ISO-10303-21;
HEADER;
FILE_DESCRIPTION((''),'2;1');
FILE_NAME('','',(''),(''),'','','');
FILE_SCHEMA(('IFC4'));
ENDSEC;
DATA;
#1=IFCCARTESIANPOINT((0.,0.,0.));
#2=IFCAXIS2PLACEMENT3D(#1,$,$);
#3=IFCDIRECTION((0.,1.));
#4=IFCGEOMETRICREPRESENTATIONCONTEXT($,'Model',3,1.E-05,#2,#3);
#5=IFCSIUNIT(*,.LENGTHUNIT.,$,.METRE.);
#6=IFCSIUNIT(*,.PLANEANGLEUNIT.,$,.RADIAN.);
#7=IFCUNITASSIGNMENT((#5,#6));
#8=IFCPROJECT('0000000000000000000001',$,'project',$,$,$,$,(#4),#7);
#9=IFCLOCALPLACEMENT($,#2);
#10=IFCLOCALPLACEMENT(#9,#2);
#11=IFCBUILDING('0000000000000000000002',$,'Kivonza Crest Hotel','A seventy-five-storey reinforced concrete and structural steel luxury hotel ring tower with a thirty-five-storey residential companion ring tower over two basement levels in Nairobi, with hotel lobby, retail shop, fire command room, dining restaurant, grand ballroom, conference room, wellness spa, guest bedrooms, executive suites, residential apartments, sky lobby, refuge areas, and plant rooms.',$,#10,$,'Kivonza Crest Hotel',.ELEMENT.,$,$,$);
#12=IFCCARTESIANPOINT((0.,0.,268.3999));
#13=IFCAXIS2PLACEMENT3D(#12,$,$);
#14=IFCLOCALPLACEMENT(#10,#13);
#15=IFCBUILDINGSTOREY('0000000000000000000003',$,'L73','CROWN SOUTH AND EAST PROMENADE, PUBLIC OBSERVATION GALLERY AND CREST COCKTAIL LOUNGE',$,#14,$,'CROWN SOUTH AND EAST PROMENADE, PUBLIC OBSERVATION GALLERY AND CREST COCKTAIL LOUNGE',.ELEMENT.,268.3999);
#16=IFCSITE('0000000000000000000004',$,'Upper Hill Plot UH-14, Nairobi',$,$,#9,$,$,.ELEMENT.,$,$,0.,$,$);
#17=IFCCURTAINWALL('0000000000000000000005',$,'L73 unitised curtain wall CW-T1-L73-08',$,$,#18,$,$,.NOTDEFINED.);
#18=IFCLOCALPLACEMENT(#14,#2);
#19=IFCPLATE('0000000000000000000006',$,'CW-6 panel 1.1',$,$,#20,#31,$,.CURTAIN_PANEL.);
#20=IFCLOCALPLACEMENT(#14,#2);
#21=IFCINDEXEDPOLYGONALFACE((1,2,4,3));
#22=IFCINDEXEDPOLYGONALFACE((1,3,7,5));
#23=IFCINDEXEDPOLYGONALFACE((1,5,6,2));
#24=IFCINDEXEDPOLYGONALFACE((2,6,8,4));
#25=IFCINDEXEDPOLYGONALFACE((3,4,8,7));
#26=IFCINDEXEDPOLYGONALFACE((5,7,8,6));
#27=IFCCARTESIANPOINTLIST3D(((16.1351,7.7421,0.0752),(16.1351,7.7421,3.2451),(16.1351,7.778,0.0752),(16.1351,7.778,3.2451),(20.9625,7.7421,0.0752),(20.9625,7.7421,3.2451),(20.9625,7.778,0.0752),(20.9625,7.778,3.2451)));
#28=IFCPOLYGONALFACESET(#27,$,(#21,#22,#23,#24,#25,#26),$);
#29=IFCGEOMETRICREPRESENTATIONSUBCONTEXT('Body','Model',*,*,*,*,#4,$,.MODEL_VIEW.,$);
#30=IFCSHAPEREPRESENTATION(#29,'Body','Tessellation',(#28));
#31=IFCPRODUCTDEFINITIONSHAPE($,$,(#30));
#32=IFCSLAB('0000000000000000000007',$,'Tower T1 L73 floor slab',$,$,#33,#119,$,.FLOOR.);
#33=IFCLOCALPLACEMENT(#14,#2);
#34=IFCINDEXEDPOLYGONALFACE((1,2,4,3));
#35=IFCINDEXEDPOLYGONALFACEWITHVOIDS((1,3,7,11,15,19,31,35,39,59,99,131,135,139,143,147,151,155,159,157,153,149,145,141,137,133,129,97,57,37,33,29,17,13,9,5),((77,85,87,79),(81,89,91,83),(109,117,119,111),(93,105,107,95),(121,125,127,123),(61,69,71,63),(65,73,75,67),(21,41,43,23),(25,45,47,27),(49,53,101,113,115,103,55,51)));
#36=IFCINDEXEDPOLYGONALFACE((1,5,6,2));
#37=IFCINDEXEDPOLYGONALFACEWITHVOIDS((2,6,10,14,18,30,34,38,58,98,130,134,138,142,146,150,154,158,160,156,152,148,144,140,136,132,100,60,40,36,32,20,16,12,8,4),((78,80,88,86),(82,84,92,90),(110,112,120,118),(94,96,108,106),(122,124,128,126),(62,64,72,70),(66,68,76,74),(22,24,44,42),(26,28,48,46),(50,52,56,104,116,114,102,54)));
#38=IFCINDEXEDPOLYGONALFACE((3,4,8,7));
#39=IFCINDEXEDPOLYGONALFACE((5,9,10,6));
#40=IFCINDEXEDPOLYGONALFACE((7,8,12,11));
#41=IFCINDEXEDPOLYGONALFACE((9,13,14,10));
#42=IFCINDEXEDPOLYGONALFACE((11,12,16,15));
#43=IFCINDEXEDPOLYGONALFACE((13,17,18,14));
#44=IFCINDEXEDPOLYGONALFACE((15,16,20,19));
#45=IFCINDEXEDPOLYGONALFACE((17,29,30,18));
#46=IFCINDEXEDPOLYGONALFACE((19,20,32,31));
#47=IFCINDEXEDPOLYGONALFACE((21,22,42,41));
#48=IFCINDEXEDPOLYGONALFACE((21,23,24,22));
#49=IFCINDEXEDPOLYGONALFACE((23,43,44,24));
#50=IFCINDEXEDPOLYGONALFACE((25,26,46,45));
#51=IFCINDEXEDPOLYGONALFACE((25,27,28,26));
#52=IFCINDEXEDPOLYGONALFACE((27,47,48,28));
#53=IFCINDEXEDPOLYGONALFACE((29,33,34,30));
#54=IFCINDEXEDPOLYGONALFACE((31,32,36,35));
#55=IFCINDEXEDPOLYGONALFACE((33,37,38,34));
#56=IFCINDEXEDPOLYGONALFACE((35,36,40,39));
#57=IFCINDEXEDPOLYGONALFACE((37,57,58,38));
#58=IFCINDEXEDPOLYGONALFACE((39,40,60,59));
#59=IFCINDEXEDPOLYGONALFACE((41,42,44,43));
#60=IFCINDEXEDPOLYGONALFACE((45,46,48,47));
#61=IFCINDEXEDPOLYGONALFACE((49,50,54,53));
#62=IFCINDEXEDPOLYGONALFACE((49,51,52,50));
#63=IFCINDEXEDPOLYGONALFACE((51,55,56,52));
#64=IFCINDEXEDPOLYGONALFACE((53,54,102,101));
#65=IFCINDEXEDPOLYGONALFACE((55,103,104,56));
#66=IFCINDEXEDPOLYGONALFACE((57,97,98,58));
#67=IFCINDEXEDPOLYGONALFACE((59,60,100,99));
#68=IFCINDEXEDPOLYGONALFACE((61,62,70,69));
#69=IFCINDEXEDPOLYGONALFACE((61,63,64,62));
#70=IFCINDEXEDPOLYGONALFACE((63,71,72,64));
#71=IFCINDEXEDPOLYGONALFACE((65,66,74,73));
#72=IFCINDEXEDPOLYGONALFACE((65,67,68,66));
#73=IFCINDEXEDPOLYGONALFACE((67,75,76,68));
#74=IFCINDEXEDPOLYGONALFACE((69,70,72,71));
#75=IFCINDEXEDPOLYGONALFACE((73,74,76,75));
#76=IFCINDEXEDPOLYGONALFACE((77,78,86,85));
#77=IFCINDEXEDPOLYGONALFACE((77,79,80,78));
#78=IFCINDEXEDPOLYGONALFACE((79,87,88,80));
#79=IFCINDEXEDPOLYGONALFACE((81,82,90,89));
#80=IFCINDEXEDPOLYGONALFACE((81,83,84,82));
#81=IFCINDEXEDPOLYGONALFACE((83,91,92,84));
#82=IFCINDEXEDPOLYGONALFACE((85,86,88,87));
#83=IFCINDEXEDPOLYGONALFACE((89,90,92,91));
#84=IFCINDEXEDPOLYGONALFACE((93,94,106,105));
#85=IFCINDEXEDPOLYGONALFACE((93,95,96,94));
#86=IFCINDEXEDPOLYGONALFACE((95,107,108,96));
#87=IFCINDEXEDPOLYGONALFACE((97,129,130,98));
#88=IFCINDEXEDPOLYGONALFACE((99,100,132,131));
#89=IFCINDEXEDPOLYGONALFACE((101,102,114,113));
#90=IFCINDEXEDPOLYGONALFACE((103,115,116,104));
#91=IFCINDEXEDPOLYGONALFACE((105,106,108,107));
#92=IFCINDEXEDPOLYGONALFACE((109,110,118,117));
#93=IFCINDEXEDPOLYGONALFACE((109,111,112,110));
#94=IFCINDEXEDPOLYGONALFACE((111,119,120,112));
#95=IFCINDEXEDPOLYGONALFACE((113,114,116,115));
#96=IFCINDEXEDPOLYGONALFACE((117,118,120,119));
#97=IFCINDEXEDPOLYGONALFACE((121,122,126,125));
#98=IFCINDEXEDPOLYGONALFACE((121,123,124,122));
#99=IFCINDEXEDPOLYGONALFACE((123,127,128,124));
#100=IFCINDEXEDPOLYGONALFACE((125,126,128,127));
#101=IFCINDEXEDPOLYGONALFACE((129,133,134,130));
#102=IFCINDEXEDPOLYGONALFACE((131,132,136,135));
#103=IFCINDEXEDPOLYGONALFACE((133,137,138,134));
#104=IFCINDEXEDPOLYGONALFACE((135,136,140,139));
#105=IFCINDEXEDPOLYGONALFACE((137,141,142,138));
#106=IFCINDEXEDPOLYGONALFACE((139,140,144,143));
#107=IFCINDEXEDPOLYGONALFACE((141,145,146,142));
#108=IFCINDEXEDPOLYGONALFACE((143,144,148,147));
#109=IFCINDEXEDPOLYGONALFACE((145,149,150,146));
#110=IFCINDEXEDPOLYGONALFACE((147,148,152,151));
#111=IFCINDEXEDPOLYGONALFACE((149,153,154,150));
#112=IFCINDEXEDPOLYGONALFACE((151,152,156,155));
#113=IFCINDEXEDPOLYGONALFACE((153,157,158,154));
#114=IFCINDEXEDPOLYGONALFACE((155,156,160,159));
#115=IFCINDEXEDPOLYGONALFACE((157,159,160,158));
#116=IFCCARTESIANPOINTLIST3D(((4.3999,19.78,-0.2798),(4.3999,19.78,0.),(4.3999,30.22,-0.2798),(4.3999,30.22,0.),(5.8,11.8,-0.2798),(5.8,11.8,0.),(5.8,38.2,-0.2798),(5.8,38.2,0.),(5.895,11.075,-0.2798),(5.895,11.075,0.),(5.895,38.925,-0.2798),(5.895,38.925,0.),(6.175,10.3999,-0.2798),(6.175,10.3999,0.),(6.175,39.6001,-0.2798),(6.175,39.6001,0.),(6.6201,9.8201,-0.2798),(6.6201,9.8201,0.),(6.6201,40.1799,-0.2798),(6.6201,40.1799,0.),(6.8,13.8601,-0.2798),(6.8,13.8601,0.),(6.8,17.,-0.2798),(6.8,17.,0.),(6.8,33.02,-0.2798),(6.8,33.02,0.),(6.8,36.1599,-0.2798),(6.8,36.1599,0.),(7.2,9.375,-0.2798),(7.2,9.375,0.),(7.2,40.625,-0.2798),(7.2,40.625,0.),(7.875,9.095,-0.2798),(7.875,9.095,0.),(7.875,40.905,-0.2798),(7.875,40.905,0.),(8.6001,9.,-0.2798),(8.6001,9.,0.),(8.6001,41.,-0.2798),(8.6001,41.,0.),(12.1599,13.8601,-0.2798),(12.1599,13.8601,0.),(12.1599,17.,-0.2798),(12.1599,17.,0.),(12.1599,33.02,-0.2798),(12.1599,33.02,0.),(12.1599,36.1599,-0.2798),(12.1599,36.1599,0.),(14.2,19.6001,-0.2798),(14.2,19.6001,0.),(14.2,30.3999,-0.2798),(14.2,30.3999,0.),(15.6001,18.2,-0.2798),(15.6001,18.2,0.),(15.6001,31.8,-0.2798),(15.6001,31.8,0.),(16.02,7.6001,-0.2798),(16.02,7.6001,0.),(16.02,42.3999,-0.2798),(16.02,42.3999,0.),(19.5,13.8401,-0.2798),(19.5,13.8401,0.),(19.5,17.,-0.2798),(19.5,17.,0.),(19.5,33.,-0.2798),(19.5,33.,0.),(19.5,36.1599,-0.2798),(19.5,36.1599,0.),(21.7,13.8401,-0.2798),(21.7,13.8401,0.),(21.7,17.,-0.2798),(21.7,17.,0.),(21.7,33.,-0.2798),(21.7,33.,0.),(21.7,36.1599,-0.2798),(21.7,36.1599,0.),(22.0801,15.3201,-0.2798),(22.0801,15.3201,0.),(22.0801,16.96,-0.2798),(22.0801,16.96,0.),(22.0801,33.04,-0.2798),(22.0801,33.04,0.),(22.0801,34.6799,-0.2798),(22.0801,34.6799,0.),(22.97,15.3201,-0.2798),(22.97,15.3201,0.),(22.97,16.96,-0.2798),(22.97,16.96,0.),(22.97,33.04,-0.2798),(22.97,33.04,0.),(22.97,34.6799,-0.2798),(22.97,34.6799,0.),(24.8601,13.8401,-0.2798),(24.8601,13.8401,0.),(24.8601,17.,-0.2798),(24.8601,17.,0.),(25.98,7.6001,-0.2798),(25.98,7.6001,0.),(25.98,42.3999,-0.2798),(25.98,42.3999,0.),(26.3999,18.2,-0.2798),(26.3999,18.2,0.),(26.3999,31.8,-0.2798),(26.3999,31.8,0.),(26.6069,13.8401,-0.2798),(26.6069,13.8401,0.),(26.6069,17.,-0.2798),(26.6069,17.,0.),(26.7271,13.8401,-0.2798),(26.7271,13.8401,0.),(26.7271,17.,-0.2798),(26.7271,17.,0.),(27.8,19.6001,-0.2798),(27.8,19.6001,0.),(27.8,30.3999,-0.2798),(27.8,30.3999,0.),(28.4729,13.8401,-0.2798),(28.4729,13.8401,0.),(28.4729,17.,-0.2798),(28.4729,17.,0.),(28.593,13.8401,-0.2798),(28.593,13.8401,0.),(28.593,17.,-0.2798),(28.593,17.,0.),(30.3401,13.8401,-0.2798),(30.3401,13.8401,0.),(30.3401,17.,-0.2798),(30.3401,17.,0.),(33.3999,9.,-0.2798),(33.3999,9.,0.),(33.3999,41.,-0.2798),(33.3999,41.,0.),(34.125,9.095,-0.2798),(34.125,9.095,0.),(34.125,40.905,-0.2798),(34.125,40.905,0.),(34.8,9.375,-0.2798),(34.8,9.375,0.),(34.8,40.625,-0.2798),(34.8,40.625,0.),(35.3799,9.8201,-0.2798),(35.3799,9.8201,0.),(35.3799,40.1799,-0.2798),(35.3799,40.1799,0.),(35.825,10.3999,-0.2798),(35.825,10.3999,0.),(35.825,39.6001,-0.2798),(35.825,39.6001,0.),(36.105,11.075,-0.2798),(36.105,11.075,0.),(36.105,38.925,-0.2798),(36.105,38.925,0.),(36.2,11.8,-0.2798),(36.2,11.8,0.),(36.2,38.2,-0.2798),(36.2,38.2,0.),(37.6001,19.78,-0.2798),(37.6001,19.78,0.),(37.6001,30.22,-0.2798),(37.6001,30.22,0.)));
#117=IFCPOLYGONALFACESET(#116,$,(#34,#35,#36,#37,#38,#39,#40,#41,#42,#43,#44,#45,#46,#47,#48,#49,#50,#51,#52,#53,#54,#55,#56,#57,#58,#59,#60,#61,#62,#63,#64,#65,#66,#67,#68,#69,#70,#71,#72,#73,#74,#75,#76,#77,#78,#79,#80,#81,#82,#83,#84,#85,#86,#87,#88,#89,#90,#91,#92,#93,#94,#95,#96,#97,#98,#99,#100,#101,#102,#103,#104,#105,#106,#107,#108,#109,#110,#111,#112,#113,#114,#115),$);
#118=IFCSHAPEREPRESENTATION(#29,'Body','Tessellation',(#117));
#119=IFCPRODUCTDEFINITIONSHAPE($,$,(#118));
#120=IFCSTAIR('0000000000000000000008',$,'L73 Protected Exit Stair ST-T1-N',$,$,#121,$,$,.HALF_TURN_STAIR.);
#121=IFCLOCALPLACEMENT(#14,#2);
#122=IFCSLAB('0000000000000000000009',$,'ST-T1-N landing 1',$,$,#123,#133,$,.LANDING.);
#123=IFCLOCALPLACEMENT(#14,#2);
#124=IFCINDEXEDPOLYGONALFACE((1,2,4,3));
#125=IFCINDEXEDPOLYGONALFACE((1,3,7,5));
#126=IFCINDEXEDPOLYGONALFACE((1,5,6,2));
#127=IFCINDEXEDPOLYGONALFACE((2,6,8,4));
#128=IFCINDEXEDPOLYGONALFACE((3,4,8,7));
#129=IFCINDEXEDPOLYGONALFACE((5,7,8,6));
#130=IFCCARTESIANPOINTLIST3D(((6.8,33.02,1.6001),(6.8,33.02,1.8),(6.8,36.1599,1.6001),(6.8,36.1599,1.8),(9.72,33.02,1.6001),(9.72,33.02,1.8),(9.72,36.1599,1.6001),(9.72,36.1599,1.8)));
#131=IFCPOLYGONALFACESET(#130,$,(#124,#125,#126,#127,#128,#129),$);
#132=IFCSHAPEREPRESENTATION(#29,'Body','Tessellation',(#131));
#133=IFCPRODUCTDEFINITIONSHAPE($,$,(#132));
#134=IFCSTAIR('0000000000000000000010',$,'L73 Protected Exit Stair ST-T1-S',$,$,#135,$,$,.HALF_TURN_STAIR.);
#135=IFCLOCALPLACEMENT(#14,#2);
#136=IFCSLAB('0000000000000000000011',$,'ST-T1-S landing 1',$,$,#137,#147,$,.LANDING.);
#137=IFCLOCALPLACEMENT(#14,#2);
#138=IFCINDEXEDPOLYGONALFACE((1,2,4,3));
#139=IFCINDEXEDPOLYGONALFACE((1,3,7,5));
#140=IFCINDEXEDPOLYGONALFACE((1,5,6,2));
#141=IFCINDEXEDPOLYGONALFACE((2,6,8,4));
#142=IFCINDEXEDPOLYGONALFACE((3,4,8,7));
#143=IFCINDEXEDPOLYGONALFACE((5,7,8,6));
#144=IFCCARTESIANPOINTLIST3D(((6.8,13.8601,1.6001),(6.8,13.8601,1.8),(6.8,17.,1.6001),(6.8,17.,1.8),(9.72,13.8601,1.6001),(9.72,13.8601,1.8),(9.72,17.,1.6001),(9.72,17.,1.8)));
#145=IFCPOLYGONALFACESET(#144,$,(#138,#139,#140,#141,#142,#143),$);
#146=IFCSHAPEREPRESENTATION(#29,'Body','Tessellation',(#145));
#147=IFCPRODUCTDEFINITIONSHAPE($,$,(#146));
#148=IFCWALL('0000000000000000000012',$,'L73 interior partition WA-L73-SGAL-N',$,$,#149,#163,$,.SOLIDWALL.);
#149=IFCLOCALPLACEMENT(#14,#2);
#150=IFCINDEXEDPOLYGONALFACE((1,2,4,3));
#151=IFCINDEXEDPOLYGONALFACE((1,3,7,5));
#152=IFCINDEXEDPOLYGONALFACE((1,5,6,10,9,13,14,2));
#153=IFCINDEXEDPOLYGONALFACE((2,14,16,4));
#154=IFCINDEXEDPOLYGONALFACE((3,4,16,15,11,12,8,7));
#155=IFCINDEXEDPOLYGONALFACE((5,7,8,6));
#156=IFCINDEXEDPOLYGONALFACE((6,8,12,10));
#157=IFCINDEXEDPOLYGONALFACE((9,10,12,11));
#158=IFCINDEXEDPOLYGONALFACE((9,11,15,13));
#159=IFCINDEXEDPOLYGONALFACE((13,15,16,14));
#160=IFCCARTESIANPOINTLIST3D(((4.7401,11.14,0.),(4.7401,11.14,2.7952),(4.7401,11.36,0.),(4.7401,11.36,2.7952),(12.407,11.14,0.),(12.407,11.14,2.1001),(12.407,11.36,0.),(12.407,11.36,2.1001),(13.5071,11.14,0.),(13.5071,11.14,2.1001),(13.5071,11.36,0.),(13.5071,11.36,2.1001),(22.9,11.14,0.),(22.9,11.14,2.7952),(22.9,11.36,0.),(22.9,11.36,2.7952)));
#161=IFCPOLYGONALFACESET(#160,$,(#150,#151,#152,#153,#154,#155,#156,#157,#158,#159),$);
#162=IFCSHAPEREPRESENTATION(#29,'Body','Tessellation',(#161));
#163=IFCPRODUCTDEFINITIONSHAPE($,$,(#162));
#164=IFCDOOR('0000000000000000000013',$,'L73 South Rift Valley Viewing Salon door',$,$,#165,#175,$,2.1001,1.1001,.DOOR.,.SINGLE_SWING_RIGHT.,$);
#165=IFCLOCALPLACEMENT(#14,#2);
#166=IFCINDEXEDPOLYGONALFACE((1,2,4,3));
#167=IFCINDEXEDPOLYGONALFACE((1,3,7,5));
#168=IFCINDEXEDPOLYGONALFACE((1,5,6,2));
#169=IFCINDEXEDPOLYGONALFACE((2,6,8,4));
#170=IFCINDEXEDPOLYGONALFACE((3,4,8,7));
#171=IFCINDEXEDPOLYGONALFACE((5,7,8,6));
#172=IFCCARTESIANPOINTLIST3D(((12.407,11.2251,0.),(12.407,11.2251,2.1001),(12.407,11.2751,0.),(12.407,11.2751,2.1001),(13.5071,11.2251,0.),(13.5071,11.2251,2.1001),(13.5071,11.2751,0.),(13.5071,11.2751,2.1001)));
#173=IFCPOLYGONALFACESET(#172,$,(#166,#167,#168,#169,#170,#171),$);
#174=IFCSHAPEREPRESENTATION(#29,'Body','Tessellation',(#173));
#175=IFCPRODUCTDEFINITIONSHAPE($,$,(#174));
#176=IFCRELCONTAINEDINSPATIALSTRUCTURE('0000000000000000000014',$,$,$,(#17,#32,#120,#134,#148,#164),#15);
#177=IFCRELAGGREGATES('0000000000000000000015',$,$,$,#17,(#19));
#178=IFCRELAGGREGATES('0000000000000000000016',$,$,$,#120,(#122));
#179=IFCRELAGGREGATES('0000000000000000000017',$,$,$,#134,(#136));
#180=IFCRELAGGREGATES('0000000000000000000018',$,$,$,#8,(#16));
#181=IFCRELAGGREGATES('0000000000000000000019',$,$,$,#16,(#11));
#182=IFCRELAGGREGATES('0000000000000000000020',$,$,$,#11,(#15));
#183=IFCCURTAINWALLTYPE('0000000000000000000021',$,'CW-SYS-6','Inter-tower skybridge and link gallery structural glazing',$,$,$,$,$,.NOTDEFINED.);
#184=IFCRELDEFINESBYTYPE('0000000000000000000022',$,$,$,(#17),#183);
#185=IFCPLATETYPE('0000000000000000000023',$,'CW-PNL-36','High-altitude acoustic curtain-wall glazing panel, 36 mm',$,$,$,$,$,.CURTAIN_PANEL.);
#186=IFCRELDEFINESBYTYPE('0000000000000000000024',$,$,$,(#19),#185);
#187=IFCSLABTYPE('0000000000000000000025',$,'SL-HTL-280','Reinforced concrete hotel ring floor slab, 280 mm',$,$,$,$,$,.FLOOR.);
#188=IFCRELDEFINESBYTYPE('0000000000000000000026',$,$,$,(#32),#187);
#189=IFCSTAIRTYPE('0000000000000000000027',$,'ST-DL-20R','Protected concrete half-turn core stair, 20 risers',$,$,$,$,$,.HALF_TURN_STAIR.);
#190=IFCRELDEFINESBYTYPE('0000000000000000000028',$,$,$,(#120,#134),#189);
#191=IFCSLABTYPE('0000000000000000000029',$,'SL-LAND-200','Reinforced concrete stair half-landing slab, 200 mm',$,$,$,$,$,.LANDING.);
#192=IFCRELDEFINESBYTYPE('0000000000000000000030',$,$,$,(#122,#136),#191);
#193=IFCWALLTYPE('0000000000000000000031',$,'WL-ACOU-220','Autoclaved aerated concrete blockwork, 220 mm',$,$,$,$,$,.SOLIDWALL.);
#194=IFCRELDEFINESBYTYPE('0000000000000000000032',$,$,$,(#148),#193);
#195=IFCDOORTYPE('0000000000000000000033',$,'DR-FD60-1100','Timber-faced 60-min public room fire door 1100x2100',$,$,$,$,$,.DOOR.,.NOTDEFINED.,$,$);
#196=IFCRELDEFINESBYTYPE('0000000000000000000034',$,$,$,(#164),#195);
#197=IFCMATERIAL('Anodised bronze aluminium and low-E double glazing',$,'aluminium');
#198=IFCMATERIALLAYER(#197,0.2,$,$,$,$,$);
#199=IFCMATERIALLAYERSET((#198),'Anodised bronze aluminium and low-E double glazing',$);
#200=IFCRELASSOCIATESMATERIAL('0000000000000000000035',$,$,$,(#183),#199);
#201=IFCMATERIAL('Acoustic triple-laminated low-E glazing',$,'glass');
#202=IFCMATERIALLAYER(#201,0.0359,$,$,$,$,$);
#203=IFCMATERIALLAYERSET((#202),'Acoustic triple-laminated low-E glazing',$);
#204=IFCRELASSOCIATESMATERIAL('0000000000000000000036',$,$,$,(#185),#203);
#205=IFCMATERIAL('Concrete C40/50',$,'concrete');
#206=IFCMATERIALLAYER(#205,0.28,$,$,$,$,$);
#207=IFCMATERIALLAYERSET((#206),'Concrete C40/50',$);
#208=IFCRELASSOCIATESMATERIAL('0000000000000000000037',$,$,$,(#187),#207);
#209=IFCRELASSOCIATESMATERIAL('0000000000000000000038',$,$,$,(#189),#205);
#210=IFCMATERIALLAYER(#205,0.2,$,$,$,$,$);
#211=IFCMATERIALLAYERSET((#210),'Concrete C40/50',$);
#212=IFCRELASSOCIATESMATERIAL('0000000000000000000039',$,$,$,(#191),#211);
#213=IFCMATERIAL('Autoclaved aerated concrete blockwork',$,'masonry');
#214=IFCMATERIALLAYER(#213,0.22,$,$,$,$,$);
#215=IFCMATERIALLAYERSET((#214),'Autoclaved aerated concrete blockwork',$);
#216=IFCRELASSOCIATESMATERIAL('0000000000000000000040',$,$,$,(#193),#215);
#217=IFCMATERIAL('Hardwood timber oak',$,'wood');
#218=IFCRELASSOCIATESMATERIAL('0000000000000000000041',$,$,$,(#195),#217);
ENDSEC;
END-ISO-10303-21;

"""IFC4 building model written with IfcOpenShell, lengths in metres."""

from ifc_helpers import new_model, si_unit, direction, frame, frame_2d, origin, origin_2d, place, context, subcontext, project, spatial, polyline, rectangle, outline, extrude, material, layer, layer_set, type_object, element, fill, aggregate, save


model = new_model("IFC4")

# Units and contexts
model_context = context("Model", 3, precision=1e-05, world=origin(), true_north=direction((0.0, 1.0)))
body_context = subcontext(model_context, "Body", "Model", "MODEL_VIEW")
ifc_project = project(units=[si_unit("LENGTHUNIT", "METRE"), si_unit("PLANEANGLEUNIT", "RADIAN")], contexts=[model_context])

# Site, building, storey
site_placement = place(None, origin())
site = spatial("IfcSite", under=ifc_project, at=site_placement, Name="Upper Hill Plot UH-14, Nairobi", CompositionType="ELEMENT", RefElevation=0.0)
building_placement = place(site_placement, origin())
building = spatial("IfcBuilding", under=site, at=building_placement, Name="Kivonza Crest Hotel", Description="A seventy-five-storey reinforced concrete and structural steel luxury hotel ring tower with a thirty-five-storey residential companion ring tower over two basement levels in Nairobi, with hotel lobby, retail shop, fire command room, dining restaurant, grand ballroom, conference room, wellness spa, guest bedrooms, executive suites, residential apartments, sky lobby, refuge areas, and plant rooms.", LongName="Kivonza Crest Hotel", CompositionType="ELEMENT")
storey_placement = place(building_placement, frame((0.0, 0.0, 268.3999)))
storey = spatial("IfcBuildingStorey", under=building, at=storey_placement, Name="L73", Description="CROWN SOUTH AND EAST PROMENADE, PUBLIC OBSERVATION GALLERY AND CREST COCKTAIL LOUNGE", LongName="CROWN SOUTH AND EAST PROMENADE, PUBLIC OBSERVATION GALLERY AND CREST COCKTAIL LOUNGE", CompositionType="ELEMENT", Elevation=268.3999)

# Curtain wall, plate
ifc_material_1 = material(Name="Anodised bronze aluminium and low-E double glazing", Category="aluminium")
ifc_layer_1 = layer(ifc_material_1, 0.2)
ifc_layer_set_1 = layer_set([ifc_layer_1], Name="Anodised bronze aluminium and low-E double glazing")
curtain_wall_type = type_object("IfcCurtainWallType", Name="CW-SYS-6", Description="Inter-tower skybridge and link gallery structural glazing", PredefinedType="NOTDEFINED", material=ifc_layer_set_1)
curtain_wall_placement = place(storey_placement, origin())
curtain_wall = element("IfcCurtainWall", 1, at=curtain_wall_placement, inside=storey, type_object=curtain_wall_type, Name="L73 unitised curtain wall CW-T1-L73-08", PredefinedType="NOTDEFINED")
ifc_material_2 = material(Name="Acoustic triple-laminated low-E glazing", Category="glass")
ifc_layer_2 = layer(ifc_material_2, 0.0359)
ifc_layer_set_2 = layer_set([ifc_layer_2], Name="Acoustic triple-laminated low-E glazing")
plate_type = type_object("IfcPlateType", Name="CW-PNL-36", Description="High-altitude acoustic curtain-wall glazing panel, 36 mm", PredefinedType="CURTAIN_PANEL", material=ifc_layer_set_2)
plate_placement = place(storey_placement, frame((18.5488, 7.76, 0.0752), z_axis=(0.0, 0.0, 1.0), x_axis=(1.0, 0.0, 0.0)))
plate = element("IfcPlate", 2, at=plate_placement, type_object=plate_type, Name="CW-6 panel 1.1", PredefinedType="CURTAIN_PANEL", context=body_context, shape_type="SweptSolid", body=[
    extrude(rectangle(XDim=4.8274, YDim=0.0359, at=origin_2d()), origin(), (0.0, 0.0, 1.0), 3.1699),
])
aggregate(curtain_wall, [plate])

# Slab
ifc_material_3 = material(Name="Concrete C40/50", Category="concrete")
ifc_layer_3 = layer(ifc_material_3, 0.28)
ifc_layer_set_3 = layer_set([ifc_layer_3], Name="Concrete C40/50")
slab_type_1 = type_object("IfcSlabType", Name="SL-HTL-280", Description="Reinforced concrete hotel ring floor slab, 280 mm", PredefinedType="FLOOR", material=ifc_layer_set_3)
slab_1_placement = place(storey_placement, frame((0.0, 0.0, -0.2798)))
element("IfcSlab", 3, at=slab_1_placement, inside=storey, type_object=slab_type_1, Name="Tower T1 L73 floor slab", PredefinedType="FLOOR", context=body_context, shape_type="SweptSolid", body=[
    extrude(outline(polyline([(5.8, 11.8), (5.895, 11.075), (6.175, 10.3999), (6.6201, 9.8201), (7.2, 9.375), (7.875, 9.095), (8.6001, 9.0), (16.02, 7.6001), (25.98, 7.6001), (33.3999, 9.0), (34.125, 9.095), (34.8, 9.375), (35.3799, 9.8201), (35.825, 10.3999), (36.105, 11.075), (36.2, 11.8), (37.6001, 19.78), (37.6001, 30.22), (36.2, 38.2), (36.105, 38.925), (35.825, 39.6001), (35.3799, 40.1799), (34.8, 40.625), (34.125, 40.905), (33.3999, 41.0), (25.98, 42.3999), (16.02, 42.3999), (8.6001, 41.0), (7.875, 40.905), (7.2, 40.625), (6.6201, 40.1799), (6.175, 39.6001), (5.895, 38.925), (5.8, 38.2), (4.3999, 30.22), (4.3999, 19.78), (5.8, 11.8)]), holes=[polyline([(15.6001, 18.2), (26.3999, 18.2), (27.8, 19.6001), (27.8, 30.3999), (26.3999, 31.8), (15.6001, 31.8), (14.2, 30.3999), (14.2, 19.6001), (15.6001, 18.2)]), polyline([(6.8, 33.02), (12.1599, 33.02), (12.1599, 36.1599), (6.8, 36.1599), (6.8, 33.02)]), polyline([(6.8, 13.8601), (12.1599, 13.8601), (12.1599, 17.0), (6.8, 17.0), (6.8, 13.8601)]), polyline([(22.0801, 33.04), (22.97, 33.04), (22.97, 34.6799), (22.0801, 34.6799), (22.0801, 33.04)]), polyline([(22.0801, 15.3201), (22.97, 15.3201), (22.97, 16.96), (22.0801, 16.96), (22.0801, 15.3201)]), polyline([(19.5, 33.0), (21.7, 33.0), (21.7, 36.1599), (19.5, 36.1599), (19.5, 33.0)]), polyline([(19.5, 13.8401), (21.7, 13.8401), (21.7, 17.0), (19.5, 17.0), (19.5, 13.8401)]), polyline([(24.8601, 13.8401), (26.6069, 13.8401), (26.6069, 17.0), (24.8601, 17.0), (24.8601, 13.8401)]), polyline([(26.7271, 13.8401), (28.4729, 13.8401), (28.4729, 17.0), (26.7271, 17.0), (26.7271, 13.8401)]), polyline([(28.593, 13.8401), (30.3401, 13.8401), (30.3401, 17.0), (28.593, 17.0), (28.593, 13.8401)])]), origin(), (0.0, 0.0, 1.0), 0.2798),
])

# Stairs, slabs
stair_type = type_object("IfcStairType", Name="ST-DL-20R", Description="Protected concrete half-turn core stair, 20 risers", PredefinedType="HALF_TURN_STAIR", material=ifc_material_3)
stair_1_placement = place(storey_placement, origin())
stair_1 = element("IfcStair", 4, at=stair_1_placement, inside=storey, type_object=stair_type, Name="L73 Protected Exit Stair ST-T1-N", PredefinedType="HALF_TURN_STAIR")
ifc_layer_4 = layer(ifc_material_3, 0.2)
ifc_layer_set_4 = layer_set([ifc_layer_4], Name="Concrete C40/50")
slab_type_2 = type_object("IfcSlabType", Name="SL-LAND-200", Description="Reinforced concrete stair half-landing slab, 200 mm", PredefinedType="LANDING", material=ifc_layer_set_4)
slab_2_placement = place(storey_placement, frame((0.0, 0.0, 1.6001)))
slab_2 = element("IfcSlab", 5, at=slab_2_placement, type_object=slab_type_2, Name="ST-T1-N landing 1", PredefinedType="LANDING", context=body_context, shape_type="SweptSolid", body=[
    extrude(outline(polyline([(9.72, 36.1599), (6.8, 36.1599), (6.8, 33.02), (9.72, 33.02), (9.72, 36.1599)])), origin(), (0.0, 0.0, 1.0), 0.2),
])
aggregate(stair_1, [slab_2])
stair_2_placement = place(storey_placement, origin())
stair_2 = element("IfcStair", 6, at=stair_2_placement, inside=storey, type_object=stair_type, Name="L73 Protected Exit Stair ST-T1-S", PredefinedType="HALF_TURN_STAIR")
slab_3_placement = place(storey_placement, frame((0.0, 0.0, 1.6001)))
slab_3 = element("IfcSlab", 7, at=slab_3_placement, type_object=slab_type_2, Name="ST-T1-S landing 1", PredefinedType="LANDING", context=body_context, shape_type="SweptSolid", body=[
    extrude(outline(polyline([(9.72, 17.0), (6.8, 17.0), (6.8, 13.8601), (9.72, 13.8601), (9.72, 17.0)])), origin(), (0.0, 0.0, 1.0), 0.2),
])
aggregate(stair_2, [slab_3])

# Wall, opening, door
ifc_material_4 = material(Name="Autoclaved aerated concrete blockwork", Category="masonry")
ifc_layer_5 = layer(ifc_material_4, 0.22)
ifc_layer_set_5 = layer_set([ifc_layer_5], Name="Autoclaved aerated concrete blockwork")
wall_type_1 = type_object("IfcWallType", Name="WL-ACOU-220", Description="Autoclaved aerated concrete blockwork, 220 mm", PredefinedType="SOLIDWALL", material=ifc_layer_set_5)
wall_1_placement = place(storey_placement, frame((4.74, 11.25, 0.0), z_axis=(0.0, 0.0, 1.0), x_axis=(1.0, 0.0, 0.0)))
wall_1 = element("IfcWall", 8, at=wall_1_placement, inside=storey, type_object=wall_type_1, Name="L73 interior partition WA-L73-SGAL-N", PredefinedType="SOLIDWALL", context=body_context, shape_type="SweptSolid", body=[
    extrude(rectangle(XDim=18.1599, YDim=0.22, at=frame_2d((9.0801, 0.0))), origin(), (0.0, 0.0, 1.0), 2.7952),
])
opening_1_placement = place(wall_1_placement, frame((7.667, 0.0, 0.0)))
opening_1 = element("IfcOpeningElement", 9, at=opening_1_placement, cuts=wall_1, PredefinedType="OPENING", context=body_context, shape_type="SweptSolid", body=[
    extrude(rectangle(XDim=1.1001, YDim=2.1001, at=frame_2d((0.55, 1.05))), frame((0.0, 0.1201, 0.0), z_axis=(0.0, -1.0, 0.0), x_axis=(1.0, 0.0, 0.0)), (0.0, 0.0, 1.0), 0.24),
])
ifc_material_5 = material(Name="Hardwood timber oak", Category="wood")
door_type_1 = type_object("IfcDoorType", Name="DR-FD60-1100", Description="Timber-faced 60-min public room fire door 1100x2100", OperationType="NOTDEFINED", PredefinedType="DOOR", material=ifc_material_5)
door_1_placement = place(opening_1_placement, frame((1.1001, 0.0, 0.0), z_axis=(0.0, 0.0, 1.0), x_axis=(-1.0, 0.0, 0.0)))
door_1 = element("IfcDoor", 10, at=door_1_placement, inside=storey, type_object=door_type_1, Name="L73 South Rift Valley Viewing Salon door", OperationType="SINGLE_SWING_RIGHT", OverallHeight=2.1001, OverallWidth=1.1001, PredefinedType="DOOR", context=body_context, shape_type="SweptSolid", body=[
    extrude(rectangle(XDim=1.1001, YDim=2.1001, at=frame_2d((0.55, 1.05))), frame((0.0, 0.0249, 0.0), z_axis=(0.0, -1.0, 0.0), x_axis=(1.0, 0.0, 0.0)), (0.0, 0.0, 1.0), 0.05),
])
fill(opening_1, door_1)

save(model, "model.ifc")
